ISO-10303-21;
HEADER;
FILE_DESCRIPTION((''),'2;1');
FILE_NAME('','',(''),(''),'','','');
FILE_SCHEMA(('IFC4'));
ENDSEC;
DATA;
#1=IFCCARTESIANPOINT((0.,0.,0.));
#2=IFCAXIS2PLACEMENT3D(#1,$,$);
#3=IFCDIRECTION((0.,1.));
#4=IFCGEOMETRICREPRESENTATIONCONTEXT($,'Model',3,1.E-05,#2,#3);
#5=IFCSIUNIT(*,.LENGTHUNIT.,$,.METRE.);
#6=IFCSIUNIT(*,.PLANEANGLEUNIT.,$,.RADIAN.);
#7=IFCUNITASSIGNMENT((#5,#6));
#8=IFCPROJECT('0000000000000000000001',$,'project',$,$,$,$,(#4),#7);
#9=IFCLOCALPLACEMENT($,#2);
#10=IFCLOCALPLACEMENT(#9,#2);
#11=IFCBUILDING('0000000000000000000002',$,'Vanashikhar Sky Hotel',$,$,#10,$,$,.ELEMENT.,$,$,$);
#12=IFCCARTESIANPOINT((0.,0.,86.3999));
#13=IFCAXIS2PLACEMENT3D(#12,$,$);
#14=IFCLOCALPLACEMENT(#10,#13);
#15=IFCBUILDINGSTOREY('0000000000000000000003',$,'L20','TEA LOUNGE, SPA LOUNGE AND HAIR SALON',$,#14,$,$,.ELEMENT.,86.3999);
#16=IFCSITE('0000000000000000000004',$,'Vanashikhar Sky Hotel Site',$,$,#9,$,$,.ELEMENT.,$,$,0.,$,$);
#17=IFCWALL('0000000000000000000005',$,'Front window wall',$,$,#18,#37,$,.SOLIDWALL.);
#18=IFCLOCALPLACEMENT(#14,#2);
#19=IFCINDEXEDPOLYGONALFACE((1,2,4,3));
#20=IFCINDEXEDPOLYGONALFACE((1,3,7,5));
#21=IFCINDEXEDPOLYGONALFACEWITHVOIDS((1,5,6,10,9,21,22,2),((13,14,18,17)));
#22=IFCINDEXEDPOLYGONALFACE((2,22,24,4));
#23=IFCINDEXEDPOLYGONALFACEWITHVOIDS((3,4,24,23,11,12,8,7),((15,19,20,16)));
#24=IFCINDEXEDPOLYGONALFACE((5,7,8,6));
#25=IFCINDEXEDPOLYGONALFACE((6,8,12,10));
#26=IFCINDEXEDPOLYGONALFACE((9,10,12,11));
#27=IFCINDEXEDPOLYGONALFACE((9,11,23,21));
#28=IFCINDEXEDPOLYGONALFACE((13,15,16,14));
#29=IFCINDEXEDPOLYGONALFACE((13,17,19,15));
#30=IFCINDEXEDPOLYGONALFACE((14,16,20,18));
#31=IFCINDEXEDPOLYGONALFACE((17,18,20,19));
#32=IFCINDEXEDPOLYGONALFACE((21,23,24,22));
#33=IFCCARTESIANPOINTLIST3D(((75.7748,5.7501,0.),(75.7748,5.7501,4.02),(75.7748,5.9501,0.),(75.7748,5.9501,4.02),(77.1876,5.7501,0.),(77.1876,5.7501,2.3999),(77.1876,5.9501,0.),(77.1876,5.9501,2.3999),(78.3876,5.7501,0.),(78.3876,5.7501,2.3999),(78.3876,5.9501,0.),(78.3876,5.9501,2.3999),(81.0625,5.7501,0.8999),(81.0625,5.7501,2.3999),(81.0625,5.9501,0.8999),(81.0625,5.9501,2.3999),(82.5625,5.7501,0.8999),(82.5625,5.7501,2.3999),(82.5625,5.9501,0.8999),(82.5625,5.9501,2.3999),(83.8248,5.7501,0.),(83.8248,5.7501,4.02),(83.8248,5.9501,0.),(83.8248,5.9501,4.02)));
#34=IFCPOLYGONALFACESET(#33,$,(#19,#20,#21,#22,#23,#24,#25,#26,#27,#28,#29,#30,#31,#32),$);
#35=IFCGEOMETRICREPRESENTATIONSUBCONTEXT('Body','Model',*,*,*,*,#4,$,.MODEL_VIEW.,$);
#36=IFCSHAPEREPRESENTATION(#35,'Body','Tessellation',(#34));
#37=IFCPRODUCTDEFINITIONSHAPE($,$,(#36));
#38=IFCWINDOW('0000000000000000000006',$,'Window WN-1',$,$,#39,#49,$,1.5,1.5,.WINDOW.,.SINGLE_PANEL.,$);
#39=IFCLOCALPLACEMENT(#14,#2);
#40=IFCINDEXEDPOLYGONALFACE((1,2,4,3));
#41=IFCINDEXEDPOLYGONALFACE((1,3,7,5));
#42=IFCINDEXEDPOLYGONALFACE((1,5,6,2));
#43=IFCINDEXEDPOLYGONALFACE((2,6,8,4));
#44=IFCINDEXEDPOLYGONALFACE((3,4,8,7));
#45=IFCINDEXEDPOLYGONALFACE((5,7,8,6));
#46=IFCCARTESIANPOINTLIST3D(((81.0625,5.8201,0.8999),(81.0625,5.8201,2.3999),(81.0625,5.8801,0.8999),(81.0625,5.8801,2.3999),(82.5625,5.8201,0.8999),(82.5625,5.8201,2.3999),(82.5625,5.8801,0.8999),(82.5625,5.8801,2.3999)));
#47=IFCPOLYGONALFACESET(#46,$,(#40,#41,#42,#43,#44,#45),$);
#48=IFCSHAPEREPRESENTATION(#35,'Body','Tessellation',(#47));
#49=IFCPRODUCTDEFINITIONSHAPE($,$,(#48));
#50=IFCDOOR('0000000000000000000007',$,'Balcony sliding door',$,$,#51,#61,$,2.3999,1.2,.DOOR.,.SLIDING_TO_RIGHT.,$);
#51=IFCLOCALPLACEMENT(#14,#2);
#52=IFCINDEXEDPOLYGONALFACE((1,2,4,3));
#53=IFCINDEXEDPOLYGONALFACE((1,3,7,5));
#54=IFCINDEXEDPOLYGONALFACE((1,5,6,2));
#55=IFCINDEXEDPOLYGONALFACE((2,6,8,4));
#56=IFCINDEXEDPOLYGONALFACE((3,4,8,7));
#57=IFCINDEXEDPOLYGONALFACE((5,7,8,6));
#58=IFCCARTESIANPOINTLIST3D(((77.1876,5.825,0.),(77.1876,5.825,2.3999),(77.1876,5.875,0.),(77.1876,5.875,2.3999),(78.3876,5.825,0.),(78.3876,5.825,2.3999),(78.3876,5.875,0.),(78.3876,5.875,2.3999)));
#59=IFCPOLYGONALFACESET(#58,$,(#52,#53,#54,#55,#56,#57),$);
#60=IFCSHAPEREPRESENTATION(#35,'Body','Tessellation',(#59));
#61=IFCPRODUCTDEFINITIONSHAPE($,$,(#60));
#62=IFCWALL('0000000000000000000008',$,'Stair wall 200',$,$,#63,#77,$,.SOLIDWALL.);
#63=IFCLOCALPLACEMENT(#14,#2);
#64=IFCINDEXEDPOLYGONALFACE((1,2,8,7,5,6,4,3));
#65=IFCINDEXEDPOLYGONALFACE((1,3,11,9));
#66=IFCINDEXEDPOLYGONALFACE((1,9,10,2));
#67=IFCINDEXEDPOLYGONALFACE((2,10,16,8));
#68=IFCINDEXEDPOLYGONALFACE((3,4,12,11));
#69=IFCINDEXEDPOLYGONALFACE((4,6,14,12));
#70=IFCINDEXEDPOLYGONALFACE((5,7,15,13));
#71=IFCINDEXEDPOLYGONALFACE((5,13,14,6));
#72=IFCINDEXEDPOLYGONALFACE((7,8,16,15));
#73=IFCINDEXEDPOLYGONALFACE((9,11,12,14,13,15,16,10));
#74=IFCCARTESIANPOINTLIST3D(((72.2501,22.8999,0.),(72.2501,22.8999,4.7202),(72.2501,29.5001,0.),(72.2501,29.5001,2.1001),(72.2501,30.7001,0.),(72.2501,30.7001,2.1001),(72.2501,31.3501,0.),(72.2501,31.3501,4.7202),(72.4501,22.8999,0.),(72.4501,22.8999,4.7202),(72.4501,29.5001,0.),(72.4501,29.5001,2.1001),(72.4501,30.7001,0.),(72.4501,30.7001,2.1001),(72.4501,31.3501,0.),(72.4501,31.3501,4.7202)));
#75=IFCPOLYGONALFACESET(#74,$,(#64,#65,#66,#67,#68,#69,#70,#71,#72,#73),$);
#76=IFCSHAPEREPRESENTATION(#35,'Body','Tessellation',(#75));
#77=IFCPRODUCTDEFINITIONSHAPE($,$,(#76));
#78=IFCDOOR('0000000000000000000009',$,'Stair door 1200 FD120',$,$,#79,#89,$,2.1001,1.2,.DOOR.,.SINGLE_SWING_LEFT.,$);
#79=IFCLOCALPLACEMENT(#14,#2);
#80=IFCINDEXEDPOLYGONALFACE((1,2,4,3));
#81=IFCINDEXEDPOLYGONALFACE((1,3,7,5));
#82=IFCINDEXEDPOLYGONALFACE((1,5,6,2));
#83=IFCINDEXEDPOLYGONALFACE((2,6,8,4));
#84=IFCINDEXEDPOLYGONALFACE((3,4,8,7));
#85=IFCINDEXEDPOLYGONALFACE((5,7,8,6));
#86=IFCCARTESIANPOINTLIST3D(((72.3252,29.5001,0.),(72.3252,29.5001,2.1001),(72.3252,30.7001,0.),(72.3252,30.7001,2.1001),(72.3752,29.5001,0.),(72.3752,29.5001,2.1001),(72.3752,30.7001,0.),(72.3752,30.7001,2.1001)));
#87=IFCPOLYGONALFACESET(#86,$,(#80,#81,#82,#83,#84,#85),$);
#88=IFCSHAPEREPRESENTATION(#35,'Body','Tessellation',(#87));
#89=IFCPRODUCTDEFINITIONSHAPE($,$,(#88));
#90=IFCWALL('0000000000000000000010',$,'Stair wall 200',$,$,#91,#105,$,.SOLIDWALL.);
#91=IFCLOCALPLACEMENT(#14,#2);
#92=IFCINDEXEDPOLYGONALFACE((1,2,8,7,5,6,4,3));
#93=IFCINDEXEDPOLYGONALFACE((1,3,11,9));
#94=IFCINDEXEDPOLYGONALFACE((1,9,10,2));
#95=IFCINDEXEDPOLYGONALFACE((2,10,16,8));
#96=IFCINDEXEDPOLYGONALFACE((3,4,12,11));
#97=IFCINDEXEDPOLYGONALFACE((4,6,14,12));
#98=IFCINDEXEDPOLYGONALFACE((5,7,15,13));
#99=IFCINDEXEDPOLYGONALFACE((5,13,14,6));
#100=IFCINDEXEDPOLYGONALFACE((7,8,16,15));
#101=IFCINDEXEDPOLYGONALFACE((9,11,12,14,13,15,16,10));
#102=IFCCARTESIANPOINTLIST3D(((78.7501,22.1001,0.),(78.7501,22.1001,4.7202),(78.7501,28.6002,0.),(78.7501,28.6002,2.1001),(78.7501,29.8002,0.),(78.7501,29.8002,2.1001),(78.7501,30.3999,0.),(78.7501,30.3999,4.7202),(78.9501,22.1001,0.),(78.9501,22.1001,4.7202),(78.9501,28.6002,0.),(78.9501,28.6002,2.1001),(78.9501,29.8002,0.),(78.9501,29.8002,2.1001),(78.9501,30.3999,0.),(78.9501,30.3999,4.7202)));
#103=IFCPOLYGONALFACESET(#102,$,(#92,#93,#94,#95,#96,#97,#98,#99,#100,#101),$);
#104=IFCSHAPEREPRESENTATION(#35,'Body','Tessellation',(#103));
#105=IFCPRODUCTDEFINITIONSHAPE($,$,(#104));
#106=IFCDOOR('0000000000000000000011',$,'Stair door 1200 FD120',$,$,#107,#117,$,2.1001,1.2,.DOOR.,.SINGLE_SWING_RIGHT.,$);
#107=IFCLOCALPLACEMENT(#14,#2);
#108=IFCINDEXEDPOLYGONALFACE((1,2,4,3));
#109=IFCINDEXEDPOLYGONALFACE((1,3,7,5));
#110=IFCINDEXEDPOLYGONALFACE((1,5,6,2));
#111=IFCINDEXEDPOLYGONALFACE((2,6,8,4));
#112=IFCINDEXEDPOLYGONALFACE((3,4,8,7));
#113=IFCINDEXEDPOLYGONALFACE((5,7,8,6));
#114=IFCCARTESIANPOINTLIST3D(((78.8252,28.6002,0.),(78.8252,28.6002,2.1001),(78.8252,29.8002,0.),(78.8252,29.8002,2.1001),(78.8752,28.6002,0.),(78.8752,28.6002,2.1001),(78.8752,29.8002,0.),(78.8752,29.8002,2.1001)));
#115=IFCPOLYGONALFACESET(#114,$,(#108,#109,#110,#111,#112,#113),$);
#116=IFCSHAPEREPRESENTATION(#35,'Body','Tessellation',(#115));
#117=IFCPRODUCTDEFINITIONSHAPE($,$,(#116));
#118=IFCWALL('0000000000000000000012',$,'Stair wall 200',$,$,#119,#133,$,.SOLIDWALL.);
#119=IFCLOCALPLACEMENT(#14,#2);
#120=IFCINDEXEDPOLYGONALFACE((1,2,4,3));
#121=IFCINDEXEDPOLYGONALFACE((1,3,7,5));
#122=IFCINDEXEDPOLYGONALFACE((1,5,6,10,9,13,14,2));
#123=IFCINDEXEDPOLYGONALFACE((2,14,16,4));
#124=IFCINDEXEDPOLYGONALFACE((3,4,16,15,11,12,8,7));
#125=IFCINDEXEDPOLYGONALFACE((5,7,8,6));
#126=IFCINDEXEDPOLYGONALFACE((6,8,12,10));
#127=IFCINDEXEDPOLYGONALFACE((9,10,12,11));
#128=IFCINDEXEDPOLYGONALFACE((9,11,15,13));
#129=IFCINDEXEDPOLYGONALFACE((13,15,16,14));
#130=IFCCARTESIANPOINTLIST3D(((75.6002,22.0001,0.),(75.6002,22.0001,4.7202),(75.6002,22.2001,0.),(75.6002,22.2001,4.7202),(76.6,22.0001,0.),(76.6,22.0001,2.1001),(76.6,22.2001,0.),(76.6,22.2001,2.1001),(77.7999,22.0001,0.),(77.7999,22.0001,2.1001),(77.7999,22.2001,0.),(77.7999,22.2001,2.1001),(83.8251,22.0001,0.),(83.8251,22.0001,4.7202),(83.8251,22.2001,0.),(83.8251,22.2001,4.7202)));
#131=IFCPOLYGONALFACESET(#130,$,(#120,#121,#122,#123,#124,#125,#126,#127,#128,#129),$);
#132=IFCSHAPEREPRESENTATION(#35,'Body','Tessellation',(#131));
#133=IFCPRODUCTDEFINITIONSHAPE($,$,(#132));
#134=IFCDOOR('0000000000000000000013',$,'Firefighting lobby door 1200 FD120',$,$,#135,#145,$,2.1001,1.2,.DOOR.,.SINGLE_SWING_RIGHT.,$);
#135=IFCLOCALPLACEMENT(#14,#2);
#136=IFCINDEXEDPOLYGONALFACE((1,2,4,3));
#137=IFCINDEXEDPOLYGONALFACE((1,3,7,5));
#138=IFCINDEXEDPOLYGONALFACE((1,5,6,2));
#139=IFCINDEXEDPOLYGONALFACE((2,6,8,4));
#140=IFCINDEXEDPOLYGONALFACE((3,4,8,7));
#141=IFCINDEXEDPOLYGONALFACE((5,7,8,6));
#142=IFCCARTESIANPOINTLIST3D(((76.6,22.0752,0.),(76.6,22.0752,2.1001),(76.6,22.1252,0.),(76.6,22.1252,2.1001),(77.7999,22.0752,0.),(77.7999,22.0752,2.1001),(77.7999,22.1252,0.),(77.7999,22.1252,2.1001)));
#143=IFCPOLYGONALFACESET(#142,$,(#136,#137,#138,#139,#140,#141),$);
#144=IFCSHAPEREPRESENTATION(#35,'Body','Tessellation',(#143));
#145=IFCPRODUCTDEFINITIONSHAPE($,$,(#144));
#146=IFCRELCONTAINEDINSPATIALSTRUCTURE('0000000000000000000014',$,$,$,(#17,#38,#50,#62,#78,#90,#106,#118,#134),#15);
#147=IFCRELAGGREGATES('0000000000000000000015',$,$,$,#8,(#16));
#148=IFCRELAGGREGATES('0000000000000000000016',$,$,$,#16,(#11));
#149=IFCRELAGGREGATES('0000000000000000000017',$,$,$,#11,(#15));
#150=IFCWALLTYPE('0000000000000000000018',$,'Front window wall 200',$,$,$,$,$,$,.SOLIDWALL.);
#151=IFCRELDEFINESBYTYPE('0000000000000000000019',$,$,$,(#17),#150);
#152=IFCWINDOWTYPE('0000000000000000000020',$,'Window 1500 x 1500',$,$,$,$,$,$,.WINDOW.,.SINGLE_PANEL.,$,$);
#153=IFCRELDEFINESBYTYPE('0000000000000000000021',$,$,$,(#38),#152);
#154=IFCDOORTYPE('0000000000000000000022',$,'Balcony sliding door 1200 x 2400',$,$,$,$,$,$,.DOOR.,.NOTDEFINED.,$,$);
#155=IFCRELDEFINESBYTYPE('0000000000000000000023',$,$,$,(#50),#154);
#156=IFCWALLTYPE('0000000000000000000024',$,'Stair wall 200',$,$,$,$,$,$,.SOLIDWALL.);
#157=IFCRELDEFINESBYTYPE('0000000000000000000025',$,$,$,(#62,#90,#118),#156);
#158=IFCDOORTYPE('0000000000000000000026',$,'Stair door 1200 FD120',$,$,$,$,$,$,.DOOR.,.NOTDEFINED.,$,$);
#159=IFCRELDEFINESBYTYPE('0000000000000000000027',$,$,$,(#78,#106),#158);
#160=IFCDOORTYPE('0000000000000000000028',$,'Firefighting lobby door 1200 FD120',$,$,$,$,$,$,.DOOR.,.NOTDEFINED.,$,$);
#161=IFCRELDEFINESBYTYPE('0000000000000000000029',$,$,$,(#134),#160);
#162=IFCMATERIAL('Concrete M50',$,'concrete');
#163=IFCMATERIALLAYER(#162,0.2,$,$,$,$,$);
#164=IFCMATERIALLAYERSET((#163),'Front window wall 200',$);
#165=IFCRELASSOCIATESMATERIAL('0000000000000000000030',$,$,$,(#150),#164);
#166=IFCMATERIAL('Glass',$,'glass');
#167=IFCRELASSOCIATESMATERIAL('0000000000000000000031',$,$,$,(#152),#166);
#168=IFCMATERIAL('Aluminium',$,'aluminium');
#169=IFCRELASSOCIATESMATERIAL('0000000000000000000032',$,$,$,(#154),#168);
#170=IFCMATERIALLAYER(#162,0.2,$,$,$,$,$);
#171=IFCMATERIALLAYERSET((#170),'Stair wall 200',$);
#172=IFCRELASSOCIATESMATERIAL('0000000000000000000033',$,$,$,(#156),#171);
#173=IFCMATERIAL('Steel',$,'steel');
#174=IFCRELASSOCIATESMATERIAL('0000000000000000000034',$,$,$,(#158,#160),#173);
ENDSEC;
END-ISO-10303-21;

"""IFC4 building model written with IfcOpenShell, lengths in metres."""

from ifc_helpers import new_model, si_unit, direction, frame, frame_2d, origin, place, context, subcontext, project, spatial, rectangle, extrude, source, transform, mapped, material, layer, layer_set, type_object, element, fill, save


model = new_model("IFC4")

# Units and contexts
model_context = context("Model", 3, precision=1e-05, world=origin(), true_north=direction((0.0, 1.0)))
body_context = subcontext(model_context, "Body", "Model", "MODEL_VIEW")
ifc_project = project(units=[si_unit("LENGTHUNIT", "METRE"), si_unit("PLANEANGLEUNIT", "RADIAN")], contexts=[model_context])

# Site, building, storey
site_placement = place(None, origin())
site = spatial("IfcSite", under=ifc_project, at=site_placement, Name="Vanashikhar Sky Hotel Site", CompositionType="ELEMENT", RefElevation=0.0)
building_placement = place(site_placement, origin())
building = spatial("IfcBuilding", under=site, at=building_placement, Name="Vanashikhar Sky Hotel", CompositionType="ELEMENT")
storey_placement = place(building_placement, frame((0.0, 0.0, 86.3999)))
storey = spatial("IfcBuildingStorey", under=building, at=storey_placement, Name="L20", Description="TEA LOUNGE, SPA LOUNGE AND HAIR SALON", CompositionType="ELEMENT", Elevation=86.3999)

# Shared definitions
ifc_material_1 = material(Name="Concrete M50", Category="concrete")

# Shared definitions
ifc_material_2 = material(Name="Steel", Category="steel")
shared_shape_1 = source(origin(), body_context, "Body", "SweptSolid", [
    extrude(rectangle(XDim=1.2, YDim=2.1001, at=frame_2d((0.6001, 1.05))), frame((0.0, 0.0249, 0.0), z_axis=(0.0, -1.0, 0.0), x_axis=(1.0, 0.0, 0.0)), (0.0, 0.0, 1.0), 0.05),
])

# Wall, openings, window, door
ifc_layer_1 = layer(ifc_material_1, 0.2)
ifc_layer_set_1 = layer_set([ifc_layer_1], Name="Front window wall 200")
wall_type_1 = type_object("IfcWallType", Name="Front window wall 200", PredefinedType="SOLIDWALL", material=ifc_layer_set_1)
shared_shape_2 = source(origin(), body_context, "Body", "SweptSolid", [
    extrude(rectangle(XDim=8.05, YDim=0.2, at=frame_2d((4.0249, 0.0))), origin(), (0.0, 0.0, 1.0), 4.02),
])
wall_1_placement = place(storey_placement, frame((75.7749, 5.8501, 0.0), z_axis=(0.0, 0.0, 1.0), x_axis=(1.0, 0.0, 0.0)))
wall_1 = element("IfcWall", 1, at=wall_1_placement, inside=storey, type_object=wall_type_1, Name="Front window wall", PredefinedType="SOLIDWALL", context=body_context, shape_type="MappedRepresentation", body=[
    mapped(shared_shape_2, transform((0.0, 0.0, 0.0), scale=1.0)),
])
shared_shape_3 = source(origin(), body_context, "Body", "SweptSolid", [
    extrude(rectangle(XDim=1.5, YDim=1.5, at=frame_2d((0.75, 0.75))), frame((0.0, 0.1099, 0.0), z_axis=(0.0, -1.0, 0.0), x_axis=(1.0, 0.0, 0.0)), (0.0, 0.0, 1.0), 0.22),
])
opening_1_placement = place(wall_1_placement, frame((5.2876, 0.0, 0.8999)))
opening_1 = element("IfcOpeningElement", 2, at=opening_1_placement, cuts=wall_1, PredefinedType="OPENING", context=body_context, shape_type="MappedRepresentation", body=[
    mapped(shared_shape_3, transform((0.0, 0.0, 0.0), scale=1.0)),
])
shared_shape_4 = source(origin(), body_context, "Body", "SweptSolid", [
    extrude(rectangle(XDim=1.2, YDim=2.3999, at=frame_2d((0.6001, 1.2))), frame((0.0, 0.1099, 0.0), z_axis=(0.0, -1.0, 0.0), x_axis=(1.0, 0.0, 0.0)), (0.0, 0.0, 1.0), 0.22),
])
opening_2_placement = place(wall_1_placement, frame((1.4126, 0.0, 0.0)))
opening_2 = element("IfcOpeningElement", 3, at=opening_2_placement, cuts=wall_1, PredefinedType="OPENING", context=body_context, shape_type="MappedRepresentation", body=[
    mapped(shared_shape_4, transform((0.0, 0.0, 0.0), scale=1.0)),
])
ifc_material_3 = material(Name="Glass", Category="glass")
window_type = type_object("IfcWindowType", Name="Window 1500 x 1500", PartitioningType="SINGLE_PANEL", PredefinedType="WINDOW", material=ifc_material_3)
shared_shape_5 = source(origin(), body_context, "Body", "SweptSolid", [
    extrude(rectangle(XDim=1.5, YDim=1.5, at=frame_2d((0.75, 0.75))), frame((0.0, 0.03, 0.0), z_axis=(0.0, -1.0, 0.0), x_axis=(1.0, 0.0, 0.0)), (0.0, 0.0, 1.0), 0.0601),
])
window_placement = place(opening_1_placement, origin())
window = element("IfcWindow", 4, at=window_placement, inside=storey, type_object=window_type, Name="Window WN-1", OverallHeight=1.5, OverallWidth=1.5, PartitioningType="SINGLE_PANEL", PredefinedType="WINDOW", context=body_context, shape_type="MappedRepresentation", body=[
    mapped(shared_shape_5, transform((0.0, 0.0, 0.0), scale=1.0)),
])
fill(opening_1, window)
ifc_material_4 = material(Name="Aluminium", Category="aluminium")
door_type_1 = type_object("IfcDoorType", Name="Balcony sliding door 1200 x 2400", OperationType="NOTDEFINED", PredefinedType="DOOR", material=ifc_material_4)
shared_shape_6 = source(origin(), body_context, "Body", "SweptSolid", [
    extrude(rectangle(XDim=1.2, YDim=2.3999, at=frame_2d((0.6001, 1.2))), frame((0.0, 0.0249, 0.0), z_axis=(0.0, -1.0, 0.0), x_axis=(1.0, 0.0, 0.0)), (0.0, 0.0, 1.0), 0.05),
])
door_1_placement = place(opening_2_placement, origin())
door_1 = element("IfcDoor", 5, at=door_1_placement, inside=storey, type_object=door_type_1, Name="Balcony sliding door", OperationType="SLIDING_TO_RIGHT", OverallHeight=2.3999, OverallWidth=1.2, PredefinedType="DOOR", context=body_context, shape_type="MappedRepresentation", body=[
    mapped(shared_shape_6, transform((0.0, 0.0, 0.0), scale=1.0)),
])
fill(opening_2, door_1)

# Walls, openings, doors
ifc_layer_2 = layer(ifc_material_1, 0.2)
ifc_layer_set_2 = layer_set([ifc_layer_2], Name="Stair wall 200")
wall_type_2 = type_object("IfcWallType", Name="Stair wall 200", PredefinedType="SOLIDWALL", material=ifc_layer_set_2)
shared_shape_7 = source(origin(), body_context, "Body", "SweptSolid", [
    extrude(rectangle(XDim=8.4502, YDim=0.2, at=frame_2d((4.2251, 0.0))), origin(), (0.0, 0.0, 1.0), 4.7202),
])
wall_2_placement = place(storey_placement, frame((72.3501, 22.8999, 0.0), z_axis=(0.0, 0.0, 1.0), x_axis=(0.0, 1.0, 0.0)))
wall_2 = element("IfcWall", 6, at=wall_2_placement, inside=storey, type_object=wall_type_2, Name="Stair wall 200", PredefinedType="SOLIDWALL", context=body_context, shape_type="MappedRepresentation", body=[
    mapped(shared_shape_7, transform((0.0, 0.0, 0.0), scale=1.0)),
])
shared_shape_8 = source(origin(), body_context, "Body", "SweptSolid", [
    extrude(rectangle(XDim=1.2, YDim=2.1001, at=frame_2d((0.6001, 1.05))), frame((0.0, 0.1099, 0.0), z_axis=(0.0, -1.0, 0.0), x_axis=(1.0, 0.0, 0.0)), (0.0, 0.0, 1.0), 0.22),
])
opening_3_placement = place(wall_2_placement, frame((6.6001, 0.0, 0.0)))
opening_3 = element("IfcOpeningElement", 7, at=opening_3_placement, cuts=wall_2, PredefinedType="OPENING", context=body_context, shape_type="MappedRepresentation", body=[
    mapped(shared_shape_8, transform((0.0, 0.0, 0.0), scale=1.0)),
])
door_type_2 = type_object("IfcDoorType", Name="Stair door 1200 FD120", OperationType="NOTDEFINED", PredefinedType="DOOR", material=ifc_material_2)
door_2_placement = place(opening_3_placement, origin())
door_2 = element("IfcDoor", 8, at=door_2_placement, inside=storey, type_object=door_type_2, Name="Stair door 1200 FD120", OperationType="SINGLE_SWING_LEFT", OverallHeight=2.1001, OverallWidth=1.2, PredefinedType="DOOR", context=body_context, shape_type="MappedRepresentation", body=[
    mapped(shared_shape_1, transform((0.0, 0.0, 0.0), scale=1.0)),
])
fill(opening_3, door_2)
shared_shape_9 = source(origin(), body_context, "Body", "SweptSolid", [
    extrude(rectangle(XDim=8.2998, YDim=0.2, at=frame_2d((4.1499, 0.0))), origin(), (0.0, 0.0, 1.0), 4.7202),
])
wall_3_placement = place(storey_placement, frame((78.8501, 22.1001, 0.0), z_axis=(0.0, 0.0, 1.0), x_axis=(0.0, 1.0, 0.0)))
wall_3 = element("IfcWall", 9, at=wall_3_placement, inside=storey, type_object=wall_type_2, Name="Stair wall 200", PredefinedType="SOLIDWALL", context=body_context, shape_type="MappedRepresentation", body=[
    mapped(shared_shape_9, transform((0.0, 0.0, 0.0), scale=1.0)),
])
opening_4_placement = place(wall_3_placement, frame((6.5, 0.0, 0.0)))
opening_4 = element("IfcOpeningElement", 10, at=opening_4_placement, cuts=wall_3, PredefinedType="OPENING", context=body_context, shape_type="MappedRepresentation", body=[
    mapped(shared_shape_8, transform((0.0, 0.0, 0.0), scale=1.0)),
])
door_3_placement = place(opening_4_placement, origin())
door_3 = element("IfcDoor", 11, at=door_3_placement, inside=storey, type_object=door_type_2, Name="Stair door 1200 FD120", OperationType="SINGLE_SWING_RIGHT", OverallHeight=2.1001, OverallWidth=1.2, PredefinedType="DOOR", context=body_context, shape_type="MappedRepresentation", body=[
    mapped(shared_shape_1, transform((0.0, 0.0, 0.0), scale=1.0)),
])
fill(opening_4, door_3)
shared_shape_10 = source(origin(), body_context, "Body", "SweptSolid", [
    extrude(rectangle(XDim=8.2249, YDim=0.2, at=frame_2d((4.1123, 0.0))), origin(), (0.0, 0.0, 1.0), 4.7202),
])
wall_4_placement = place(storey_placement, frame((83.825, 22.1001, 0.0), z_axis=(0.0, 0.0, 1.0), x_axis=(-1.0, 0.0, 0.0)))
wall_4 = element("IfcWall", 12, at=wall_4_placement, inside=storey, type_object=wall_type_2, Name="Stair wall 200", PredefinedType="SOLIDWALL", context=body_context, shape_type="MappedRepresentation", body=[
    mapped(shared_shape_10, transform((0.0, 0.0, 0.0), scale=1.0)),
])
opening_5_placement = place(wall_4_placement, frame((6.0249, 0.0, 0.0)))
opening_5 = element("IfcOpeningElement", 13, at=opening_5_placement, cuts=wall_4, PredefinedType="OPENING", context=body_context, shape_type="MappedRepresentation", body=[
    mapped(shared_shape_8, transform((0.0, 0.0, 0.0), scale=1.0)),
])
door_type_3 = type_object("IfcDoorType", Name="Firefighting lobby door 1200 FD120", OperationType="NOTDEFINED", PredefinedType="DOOR", material=ifc_material_2)
door_4_placement = place(opening_5_placement, origin())
door_4 = element("IfcDoor", 14, at=door_4_placement, inside=storey, type_object=door_type_3, Name="Firefighting lobby door 1200 FD120", OperationType="SINGLE_SWING_RIGHT", OverallHeight=2.1001, OverallWidth=1.2, PredefinedType="DOOR", context=body_context, shape_type="MappedRepresentation", body=[
    mapped(shared_shape_1, transform((0.0, 0.0, 0.0), scale=1.0)),
])
fill(opening_5, door_4)

save(model, "model.ifc")
